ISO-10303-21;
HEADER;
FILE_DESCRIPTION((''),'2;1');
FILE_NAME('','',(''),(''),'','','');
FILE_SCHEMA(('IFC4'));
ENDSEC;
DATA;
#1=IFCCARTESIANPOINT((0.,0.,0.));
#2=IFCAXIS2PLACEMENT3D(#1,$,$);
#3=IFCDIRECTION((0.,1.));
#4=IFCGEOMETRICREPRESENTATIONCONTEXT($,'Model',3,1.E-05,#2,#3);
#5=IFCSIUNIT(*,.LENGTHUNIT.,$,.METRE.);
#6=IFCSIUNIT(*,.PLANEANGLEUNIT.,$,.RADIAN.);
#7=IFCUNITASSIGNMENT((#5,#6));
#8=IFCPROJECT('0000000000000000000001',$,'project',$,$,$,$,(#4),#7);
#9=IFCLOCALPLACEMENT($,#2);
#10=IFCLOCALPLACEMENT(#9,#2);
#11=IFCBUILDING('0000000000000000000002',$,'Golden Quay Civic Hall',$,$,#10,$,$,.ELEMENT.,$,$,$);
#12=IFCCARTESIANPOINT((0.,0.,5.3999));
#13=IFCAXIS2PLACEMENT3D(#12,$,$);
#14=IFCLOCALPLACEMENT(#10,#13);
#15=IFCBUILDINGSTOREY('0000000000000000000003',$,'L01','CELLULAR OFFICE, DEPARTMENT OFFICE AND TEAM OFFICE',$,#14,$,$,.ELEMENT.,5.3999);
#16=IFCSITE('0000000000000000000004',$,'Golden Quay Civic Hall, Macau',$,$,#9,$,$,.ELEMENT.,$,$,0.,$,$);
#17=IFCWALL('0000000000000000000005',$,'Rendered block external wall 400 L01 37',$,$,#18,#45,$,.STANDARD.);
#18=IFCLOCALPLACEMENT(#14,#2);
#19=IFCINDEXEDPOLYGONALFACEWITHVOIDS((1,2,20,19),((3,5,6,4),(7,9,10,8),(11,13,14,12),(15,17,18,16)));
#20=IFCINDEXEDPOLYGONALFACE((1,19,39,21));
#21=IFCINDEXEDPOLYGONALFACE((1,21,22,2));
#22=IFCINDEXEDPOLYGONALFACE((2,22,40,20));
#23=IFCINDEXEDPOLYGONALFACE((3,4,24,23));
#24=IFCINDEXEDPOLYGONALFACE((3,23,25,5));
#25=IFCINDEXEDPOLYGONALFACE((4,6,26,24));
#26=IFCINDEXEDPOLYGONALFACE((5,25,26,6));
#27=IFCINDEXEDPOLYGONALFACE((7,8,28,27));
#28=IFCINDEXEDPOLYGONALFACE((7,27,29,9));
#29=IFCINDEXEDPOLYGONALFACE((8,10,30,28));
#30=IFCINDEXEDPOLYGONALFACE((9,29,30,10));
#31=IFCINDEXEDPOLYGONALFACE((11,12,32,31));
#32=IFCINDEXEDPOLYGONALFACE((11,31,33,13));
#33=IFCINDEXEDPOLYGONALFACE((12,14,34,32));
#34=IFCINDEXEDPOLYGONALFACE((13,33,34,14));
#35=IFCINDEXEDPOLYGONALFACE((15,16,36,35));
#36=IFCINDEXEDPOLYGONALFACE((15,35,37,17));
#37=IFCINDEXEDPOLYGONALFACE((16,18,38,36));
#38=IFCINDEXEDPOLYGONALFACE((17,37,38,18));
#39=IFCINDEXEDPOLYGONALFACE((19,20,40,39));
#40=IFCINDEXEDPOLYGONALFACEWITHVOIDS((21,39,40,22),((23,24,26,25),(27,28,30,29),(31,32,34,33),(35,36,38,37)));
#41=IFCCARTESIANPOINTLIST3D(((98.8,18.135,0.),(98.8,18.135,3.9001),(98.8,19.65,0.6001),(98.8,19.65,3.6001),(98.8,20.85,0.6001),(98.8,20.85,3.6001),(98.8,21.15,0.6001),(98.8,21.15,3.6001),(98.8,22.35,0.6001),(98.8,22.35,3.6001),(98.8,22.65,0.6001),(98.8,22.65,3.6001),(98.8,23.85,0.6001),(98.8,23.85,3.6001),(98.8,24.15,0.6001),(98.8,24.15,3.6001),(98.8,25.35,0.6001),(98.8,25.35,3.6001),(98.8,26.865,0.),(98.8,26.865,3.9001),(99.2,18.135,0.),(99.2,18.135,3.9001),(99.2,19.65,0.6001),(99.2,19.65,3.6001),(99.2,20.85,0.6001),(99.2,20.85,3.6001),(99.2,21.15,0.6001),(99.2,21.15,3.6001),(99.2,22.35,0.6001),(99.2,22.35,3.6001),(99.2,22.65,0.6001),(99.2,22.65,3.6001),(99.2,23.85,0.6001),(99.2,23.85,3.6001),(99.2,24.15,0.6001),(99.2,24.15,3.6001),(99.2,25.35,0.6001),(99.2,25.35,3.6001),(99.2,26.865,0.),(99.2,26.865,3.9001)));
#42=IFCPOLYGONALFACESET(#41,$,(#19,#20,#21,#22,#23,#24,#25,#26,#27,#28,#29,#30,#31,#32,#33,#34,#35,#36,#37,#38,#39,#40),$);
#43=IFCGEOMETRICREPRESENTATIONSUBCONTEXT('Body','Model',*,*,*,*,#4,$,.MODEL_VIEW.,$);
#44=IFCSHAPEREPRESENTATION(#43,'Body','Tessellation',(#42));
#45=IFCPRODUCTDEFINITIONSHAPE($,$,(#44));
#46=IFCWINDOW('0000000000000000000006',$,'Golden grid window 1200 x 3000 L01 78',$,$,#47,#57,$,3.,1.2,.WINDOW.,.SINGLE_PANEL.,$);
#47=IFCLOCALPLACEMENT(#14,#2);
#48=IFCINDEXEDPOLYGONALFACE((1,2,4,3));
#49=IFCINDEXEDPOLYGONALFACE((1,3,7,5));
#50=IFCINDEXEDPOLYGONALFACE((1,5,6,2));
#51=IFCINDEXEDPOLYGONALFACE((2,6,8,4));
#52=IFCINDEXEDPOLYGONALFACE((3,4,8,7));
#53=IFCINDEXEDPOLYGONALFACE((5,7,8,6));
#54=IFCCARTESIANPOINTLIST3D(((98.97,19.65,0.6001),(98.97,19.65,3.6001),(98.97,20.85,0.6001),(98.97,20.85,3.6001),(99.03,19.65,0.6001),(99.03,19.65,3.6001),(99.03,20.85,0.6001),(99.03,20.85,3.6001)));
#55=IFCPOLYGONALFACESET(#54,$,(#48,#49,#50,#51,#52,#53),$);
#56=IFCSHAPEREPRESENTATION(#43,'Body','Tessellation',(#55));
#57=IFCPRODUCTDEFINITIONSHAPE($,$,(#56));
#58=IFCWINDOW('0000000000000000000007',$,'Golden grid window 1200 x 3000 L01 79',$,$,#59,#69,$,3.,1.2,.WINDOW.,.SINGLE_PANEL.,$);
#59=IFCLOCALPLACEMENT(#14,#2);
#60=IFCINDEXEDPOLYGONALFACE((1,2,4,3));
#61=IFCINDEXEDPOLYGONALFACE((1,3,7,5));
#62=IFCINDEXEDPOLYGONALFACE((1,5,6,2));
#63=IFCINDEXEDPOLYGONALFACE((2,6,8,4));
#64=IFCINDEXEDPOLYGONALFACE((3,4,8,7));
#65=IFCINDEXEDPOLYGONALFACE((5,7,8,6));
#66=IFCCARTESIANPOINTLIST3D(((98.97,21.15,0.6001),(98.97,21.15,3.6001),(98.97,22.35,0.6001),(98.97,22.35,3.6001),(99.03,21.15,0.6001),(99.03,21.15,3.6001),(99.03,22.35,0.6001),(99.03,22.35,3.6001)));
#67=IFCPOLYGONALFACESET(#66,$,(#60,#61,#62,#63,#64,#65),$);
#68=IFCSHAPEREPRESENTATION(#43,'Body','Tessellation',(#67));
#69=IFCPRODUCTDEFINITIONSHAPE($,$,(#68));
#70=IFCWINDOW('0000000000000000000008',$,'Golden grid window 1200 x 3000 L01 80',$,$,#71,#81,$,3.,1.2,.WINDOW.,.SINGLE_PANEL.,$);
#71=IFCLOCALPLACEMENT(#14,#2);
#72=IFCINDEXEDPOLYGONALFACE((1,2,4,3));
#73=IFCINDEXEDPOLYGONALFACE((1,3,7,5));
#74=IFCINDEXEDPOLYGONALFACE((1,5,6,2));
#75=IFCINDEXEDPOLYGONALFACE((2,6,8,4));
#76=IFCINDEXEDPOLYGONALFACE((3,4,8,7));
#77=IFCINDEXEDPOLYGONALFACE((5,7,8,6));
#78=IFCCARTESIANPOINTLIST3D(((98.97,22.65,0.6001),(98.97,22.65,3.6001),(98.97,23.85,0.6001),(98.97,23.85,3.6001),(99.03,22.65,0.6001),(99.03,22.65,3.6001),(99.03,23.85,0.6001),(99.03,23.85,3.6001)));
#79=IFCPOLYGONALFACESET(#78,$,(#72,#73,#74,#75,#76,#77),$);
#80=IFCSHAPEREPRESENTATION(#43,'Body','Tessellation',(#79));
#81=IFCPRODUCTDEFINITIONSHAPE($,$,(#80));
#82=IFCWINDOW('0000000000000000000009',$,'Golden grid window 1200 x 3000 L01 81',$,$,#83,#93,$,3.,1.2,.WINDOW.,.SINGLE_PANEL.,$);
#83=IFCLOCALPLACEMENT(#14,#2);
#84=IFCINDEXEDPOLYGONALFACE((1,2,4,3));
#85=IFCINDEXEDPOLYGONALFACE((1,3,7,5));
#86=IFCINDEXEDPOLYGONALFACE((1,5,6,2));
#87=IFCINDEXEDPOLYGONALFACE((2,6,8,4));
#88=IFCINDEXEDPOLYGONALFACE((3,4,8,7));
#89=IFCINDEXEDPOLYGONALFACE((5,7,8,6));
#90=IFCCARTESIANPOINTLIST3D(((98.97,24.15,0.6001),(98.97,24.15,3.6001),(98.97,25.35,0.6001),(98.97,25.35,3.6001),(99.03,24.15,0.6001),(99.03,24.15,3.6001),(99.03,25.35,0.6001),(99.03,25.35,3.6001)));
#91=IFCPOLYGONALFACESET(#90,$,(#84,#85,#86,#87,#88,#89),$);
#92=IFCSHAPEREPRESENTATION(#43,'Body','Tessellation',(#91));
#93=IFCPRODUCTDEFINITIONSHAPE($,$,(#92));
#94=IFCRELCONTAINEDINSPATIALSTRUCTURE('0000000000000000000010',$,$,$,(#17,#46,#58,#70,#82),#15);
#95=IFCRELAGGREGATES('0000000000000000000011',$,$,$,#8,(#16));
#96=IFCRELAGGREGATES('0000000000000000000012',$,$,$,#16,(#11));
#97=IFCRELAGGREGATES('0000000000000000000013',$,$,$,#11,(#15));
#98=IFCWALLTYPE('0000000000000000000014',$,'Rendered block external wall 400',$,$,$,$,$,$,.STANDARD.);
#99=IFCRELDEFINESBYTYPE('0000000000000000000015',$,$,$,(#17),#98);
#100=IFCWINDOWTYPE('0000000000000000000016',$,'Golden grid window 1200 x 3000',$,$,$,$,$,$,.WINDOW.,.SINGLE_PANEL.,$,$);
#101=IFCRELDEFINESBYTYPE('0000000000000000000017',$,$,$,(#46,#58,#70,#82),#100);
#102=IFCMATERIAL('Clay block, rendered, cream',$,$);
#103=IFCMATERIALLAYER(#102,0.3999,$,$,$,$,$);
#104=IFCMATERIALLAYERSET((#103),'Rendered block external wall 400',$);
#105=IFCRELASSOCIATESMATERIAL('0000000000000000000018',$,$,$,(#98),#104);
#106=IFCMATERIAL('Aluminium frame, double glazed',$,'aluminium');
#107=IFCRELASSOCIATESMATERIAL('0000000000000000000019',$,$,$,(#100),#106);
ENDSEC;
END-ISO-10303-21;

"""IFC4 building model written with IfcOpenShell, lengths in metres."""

from ifc_helpers import new_model, si_unit, direction, frame, frame_2d, origin, place, context, subcontext, project, spatial, rectangle, extrude, material, layer, layer_set, type_object, element, fill, save


model = new_model("IFC4")

# Units and contexts
model_context = context("Model", 3, precision=1e-05, world=origin(), true_north=direction((0.0, 1.0)))
body_context = subcontext(model_context, "Body", "Model", "MODEL_VIEW")
ifc_project = project(units=[si_unit("LENGTHUNIT", "METRE"), si_unit("PLANEANGLEUNIT", "RADIAN")], contexts=[model_context])

# Site, building, storey
site_placement = place(None, origin())
site = spatial("IfcSite", under=ifc_project, at=site_placement, Name="Golden Quay Civic Hall, Macau", CompositionType="ELEMENT", RefElevation=0.0)
building_placement = place(site_placement, origin())
building = spatial("IfcBuilding", under=site, at=building_placement, Name="Golden Quay Civic Hall", CompositionType="ELEMENT")
storey_placement = place(building_placement, frame((0.0, 0.0, 5.3999)))
storey = spatial("IfcBuildingStorey", under=building, at=storey_placement, Name="L01", Description="CELLULAR OFFICE, DEPARTMENT OFFICE AND TEAM OFFICE", CompositionType="ELEMENT", Elevation=5.3999)

# Wall, openings, windows
ifc_material_1 = material(Name="Clay block, rendered, cream")
ifc_layer_1 = layer(ifc_material_1, 0.3999)
ifc_layer_set_1 = layer_set([ifc_layer_1], Name="Rendered block external wall 400")
wall_type_1 = type_object("IfcWallType", Name="Rendered block external wall 400", PredefinedType="STANDARD", material=ifc_layer_set_1)
wall_1_placement = place(storey_placement, frame((99.0, 18.135, 0.0), z_axis=(0.0, 0.0, 1.0), x_axis=(0.0, 1.0, 0.0)))
wall_1 = element("IfcWall", 1, at=wall_1_placement, inside=storey, type_object=wall_type_1, Name="Rendered block external wall 400 L01 37", PredefinedType="STANDARD", context=body_context, shape_type="SweptSolid", body=[
    extrude(rectangle(XDim=8.73, YDim=0.3999, at=frame_2d((4.365, 0.0))), origin(), (0.0, 0.0, 1.0), 3.9001),
])
opening_1_placement = place(wall_1_placement, frame((1.5149, 0.0, 0.6001)))
opening_1 = element("IfcOpeningElement", 2, at=opening_1_placement, cuts=wall_1, PredefinedType="OPENING", context=body_context, shape_type="SweptSolid", body=[
    extrude(rectangle(XDim=1.2, YDim=3.0, at=frame_2d((0.6001, 1.5))), frame((0.0, 0.21, 0.0), z_axis=(0.0, -1.0, 0.0), x_axis=(1.0, 0.0, 0.0)), (0.0, 0.0, 1.0), 0.4199),
])
opening_2_placement = place(wall_1_placement, frame((3.0149, 0.0, 0.6001)))
opening_2 = element("IfcOpeningElement", 3, at=opening_2_placement, cuts=wall_1, PredefinedType="OPENING", context=body_context, shape_type="SweptSolid", body=[
    extrude(rectangle(XDim=1.2, YDim=3.0, at=frame_2d((0.6001, 1.5))), frame((0.0, 0.21, 0.0), z_axis=(0.0, -1.0, 0.0), x_axis=(1.0, 0.0, 0.0)), (0.0, 0.0, 1.0), 0.4199),
])
opening_3_placement = place(wall_1_placement, frame((4.5149, 0.0, 0.6001)))
opening_3 = element("IfcOpeningElement", 4, at=opening_3_placement, cuts=wall_1, PredefinedType="OPENING", context=body_context, shape_type="SweptSolid", body=[
    extrude(rectangle(XDim=1.2, YDim=3.0, at=frame_2d((0.6001, 1.5))), frame((0.0, 0.21, 0.0), z_axis=(0.0, -1.0, 0.0), x_axis=(1.0, 0.0, 0.0)), (0.0, 0.0, 1.0), 0.4199),
])
opening_4_placement = place(wall_1_placement, frame((6.0149, 0.0, 0.6001)))
opening_4 = element("IfcOpeningElement", 5, at=opening_4_placement, cuts=wall_1, PredefinedType="OPENING", context=body_context, shape_type="SweptSolid", body=[
    extrude(rectangle(XDim=1.2, YDim=3.0, at=frame_2d((0.6001, 1.5))), frame((0.0, 0.21, 0.0), z_axis=(0.0, -1.0, 0.0), x_axis=(1.0, 0.0, 0.0)), (0.0, 0.0, 1.0), 0.4199),
])
ifc_material_2 = material(Name="Aluminium frame, double glazed", Category="aluminium")
window_type = type_object("IfcWindowType", Name="Golden grid window 1200 x 3000", PartitioningType="SINGLE_PANEL", PredefinedType="WINDOW", material=ifc_material_2)
window_1_placement = place(opening_1_placement, origin())
window_1 = element("IfcWindow", 6, at=window_1_placement, inside=storey, type_object=window_type, Name="Golden grid window 1200 x 3000 L01 78", OverallHeight=3.0, OverallWidth=1.2, PartitioningType="SINGLE_PANEL", PredefinedType="WINDOW", context=body_context, shape_type="SweptSolid", body=[
    extrude(rectangle(XDim=1.2, YDim=3.0, at=frame_2d((0.6001, 1.5))), frame((0.0, 0.03, 0.0), z_axis=(0.0, -1.0, 0.0), x_axis=(1.0, 0.0, 0.0)), (0.0, 0.0, 1.0), 0.0601),
])
fill(opening_1, window_1)
window_2_placement = place(opening_2_placement, origin())
window_2 = element("IfcWindow", 7, at=window_2_placement, inside=storey, type_object=window_type, Name="Golden grid window 1200 x 3000 L01 79", OverallHeight=3.0, OverallWidth=1.2, PartitioningType="SINGLE_PANEL", PredefinedType="WINDOW", context=body_context, shape_type="SweptSolid", body=[
    extrude(rectangle(XDim=1.2, YDim=3.0, at=frame_2d((0.6001, 1.5))), frame((0.0, 0.03, 0.0), z_axis=(0.0, -1.0, 0.0), x_axis=(1.0, 0.0, 0.0)), (0.0, 0.0, 1.0), 0.0601),
])
fill(opening_2, window_2)
window_3_placement = place(opening_3_placement, origin())
window_3 = element("IfcWindow", 8, at=window_3_placement, inside=storey, type_object=window_type, Name="Golden grid window 1200 x 3000 L01 80", OverallHeight=3.0, OverallWidth=1.2, PartitioningType="SINGLE_PANEL", PredefinedType="WINDOW", context=body_context, shape_type="SweptSolid", body=[
    extrude(rectangle(XDim=1.2, YDim=3.0, at=frame_2d((0.6001, 1.5))), frame((0.0, 0.03, 0.0), z_axis=(0.0, -1.0, 0.0), x_axis=(1.0, 0.0, 0.0)), (0.0, 0.0, 1.0), 0.0601),
])
fill(opening_3, window_3)
window_4_placement = place(opening_4_placement, origin())
window_4 = element("IfcWindow", 9, at=window_4_placement, inside=storey, type_object=window_type, Name="Golden grid window 1200 x 3000 L01 81", OverallHeight=3.0, OverallWidth=1.2, PartitioningType="SINGLE_PANEL", PredefinedType="WINDOW", context=body_context, shape_type="SweptSolid", body=[
    extrude(rectangle(XDim=1.2, YDim=3.0, at=frame_2d((0.6001, 1.5))), frame((0.0, 0.03, 0.0), z_axis=(0.0, -1.0, 0.0), x_axis=(1.0, 0.0, 0.0)), (0.0, 0.0, 1.0), 0.0601),
])
fill(opening_4, window_4)

save(model, "model.ifc")
